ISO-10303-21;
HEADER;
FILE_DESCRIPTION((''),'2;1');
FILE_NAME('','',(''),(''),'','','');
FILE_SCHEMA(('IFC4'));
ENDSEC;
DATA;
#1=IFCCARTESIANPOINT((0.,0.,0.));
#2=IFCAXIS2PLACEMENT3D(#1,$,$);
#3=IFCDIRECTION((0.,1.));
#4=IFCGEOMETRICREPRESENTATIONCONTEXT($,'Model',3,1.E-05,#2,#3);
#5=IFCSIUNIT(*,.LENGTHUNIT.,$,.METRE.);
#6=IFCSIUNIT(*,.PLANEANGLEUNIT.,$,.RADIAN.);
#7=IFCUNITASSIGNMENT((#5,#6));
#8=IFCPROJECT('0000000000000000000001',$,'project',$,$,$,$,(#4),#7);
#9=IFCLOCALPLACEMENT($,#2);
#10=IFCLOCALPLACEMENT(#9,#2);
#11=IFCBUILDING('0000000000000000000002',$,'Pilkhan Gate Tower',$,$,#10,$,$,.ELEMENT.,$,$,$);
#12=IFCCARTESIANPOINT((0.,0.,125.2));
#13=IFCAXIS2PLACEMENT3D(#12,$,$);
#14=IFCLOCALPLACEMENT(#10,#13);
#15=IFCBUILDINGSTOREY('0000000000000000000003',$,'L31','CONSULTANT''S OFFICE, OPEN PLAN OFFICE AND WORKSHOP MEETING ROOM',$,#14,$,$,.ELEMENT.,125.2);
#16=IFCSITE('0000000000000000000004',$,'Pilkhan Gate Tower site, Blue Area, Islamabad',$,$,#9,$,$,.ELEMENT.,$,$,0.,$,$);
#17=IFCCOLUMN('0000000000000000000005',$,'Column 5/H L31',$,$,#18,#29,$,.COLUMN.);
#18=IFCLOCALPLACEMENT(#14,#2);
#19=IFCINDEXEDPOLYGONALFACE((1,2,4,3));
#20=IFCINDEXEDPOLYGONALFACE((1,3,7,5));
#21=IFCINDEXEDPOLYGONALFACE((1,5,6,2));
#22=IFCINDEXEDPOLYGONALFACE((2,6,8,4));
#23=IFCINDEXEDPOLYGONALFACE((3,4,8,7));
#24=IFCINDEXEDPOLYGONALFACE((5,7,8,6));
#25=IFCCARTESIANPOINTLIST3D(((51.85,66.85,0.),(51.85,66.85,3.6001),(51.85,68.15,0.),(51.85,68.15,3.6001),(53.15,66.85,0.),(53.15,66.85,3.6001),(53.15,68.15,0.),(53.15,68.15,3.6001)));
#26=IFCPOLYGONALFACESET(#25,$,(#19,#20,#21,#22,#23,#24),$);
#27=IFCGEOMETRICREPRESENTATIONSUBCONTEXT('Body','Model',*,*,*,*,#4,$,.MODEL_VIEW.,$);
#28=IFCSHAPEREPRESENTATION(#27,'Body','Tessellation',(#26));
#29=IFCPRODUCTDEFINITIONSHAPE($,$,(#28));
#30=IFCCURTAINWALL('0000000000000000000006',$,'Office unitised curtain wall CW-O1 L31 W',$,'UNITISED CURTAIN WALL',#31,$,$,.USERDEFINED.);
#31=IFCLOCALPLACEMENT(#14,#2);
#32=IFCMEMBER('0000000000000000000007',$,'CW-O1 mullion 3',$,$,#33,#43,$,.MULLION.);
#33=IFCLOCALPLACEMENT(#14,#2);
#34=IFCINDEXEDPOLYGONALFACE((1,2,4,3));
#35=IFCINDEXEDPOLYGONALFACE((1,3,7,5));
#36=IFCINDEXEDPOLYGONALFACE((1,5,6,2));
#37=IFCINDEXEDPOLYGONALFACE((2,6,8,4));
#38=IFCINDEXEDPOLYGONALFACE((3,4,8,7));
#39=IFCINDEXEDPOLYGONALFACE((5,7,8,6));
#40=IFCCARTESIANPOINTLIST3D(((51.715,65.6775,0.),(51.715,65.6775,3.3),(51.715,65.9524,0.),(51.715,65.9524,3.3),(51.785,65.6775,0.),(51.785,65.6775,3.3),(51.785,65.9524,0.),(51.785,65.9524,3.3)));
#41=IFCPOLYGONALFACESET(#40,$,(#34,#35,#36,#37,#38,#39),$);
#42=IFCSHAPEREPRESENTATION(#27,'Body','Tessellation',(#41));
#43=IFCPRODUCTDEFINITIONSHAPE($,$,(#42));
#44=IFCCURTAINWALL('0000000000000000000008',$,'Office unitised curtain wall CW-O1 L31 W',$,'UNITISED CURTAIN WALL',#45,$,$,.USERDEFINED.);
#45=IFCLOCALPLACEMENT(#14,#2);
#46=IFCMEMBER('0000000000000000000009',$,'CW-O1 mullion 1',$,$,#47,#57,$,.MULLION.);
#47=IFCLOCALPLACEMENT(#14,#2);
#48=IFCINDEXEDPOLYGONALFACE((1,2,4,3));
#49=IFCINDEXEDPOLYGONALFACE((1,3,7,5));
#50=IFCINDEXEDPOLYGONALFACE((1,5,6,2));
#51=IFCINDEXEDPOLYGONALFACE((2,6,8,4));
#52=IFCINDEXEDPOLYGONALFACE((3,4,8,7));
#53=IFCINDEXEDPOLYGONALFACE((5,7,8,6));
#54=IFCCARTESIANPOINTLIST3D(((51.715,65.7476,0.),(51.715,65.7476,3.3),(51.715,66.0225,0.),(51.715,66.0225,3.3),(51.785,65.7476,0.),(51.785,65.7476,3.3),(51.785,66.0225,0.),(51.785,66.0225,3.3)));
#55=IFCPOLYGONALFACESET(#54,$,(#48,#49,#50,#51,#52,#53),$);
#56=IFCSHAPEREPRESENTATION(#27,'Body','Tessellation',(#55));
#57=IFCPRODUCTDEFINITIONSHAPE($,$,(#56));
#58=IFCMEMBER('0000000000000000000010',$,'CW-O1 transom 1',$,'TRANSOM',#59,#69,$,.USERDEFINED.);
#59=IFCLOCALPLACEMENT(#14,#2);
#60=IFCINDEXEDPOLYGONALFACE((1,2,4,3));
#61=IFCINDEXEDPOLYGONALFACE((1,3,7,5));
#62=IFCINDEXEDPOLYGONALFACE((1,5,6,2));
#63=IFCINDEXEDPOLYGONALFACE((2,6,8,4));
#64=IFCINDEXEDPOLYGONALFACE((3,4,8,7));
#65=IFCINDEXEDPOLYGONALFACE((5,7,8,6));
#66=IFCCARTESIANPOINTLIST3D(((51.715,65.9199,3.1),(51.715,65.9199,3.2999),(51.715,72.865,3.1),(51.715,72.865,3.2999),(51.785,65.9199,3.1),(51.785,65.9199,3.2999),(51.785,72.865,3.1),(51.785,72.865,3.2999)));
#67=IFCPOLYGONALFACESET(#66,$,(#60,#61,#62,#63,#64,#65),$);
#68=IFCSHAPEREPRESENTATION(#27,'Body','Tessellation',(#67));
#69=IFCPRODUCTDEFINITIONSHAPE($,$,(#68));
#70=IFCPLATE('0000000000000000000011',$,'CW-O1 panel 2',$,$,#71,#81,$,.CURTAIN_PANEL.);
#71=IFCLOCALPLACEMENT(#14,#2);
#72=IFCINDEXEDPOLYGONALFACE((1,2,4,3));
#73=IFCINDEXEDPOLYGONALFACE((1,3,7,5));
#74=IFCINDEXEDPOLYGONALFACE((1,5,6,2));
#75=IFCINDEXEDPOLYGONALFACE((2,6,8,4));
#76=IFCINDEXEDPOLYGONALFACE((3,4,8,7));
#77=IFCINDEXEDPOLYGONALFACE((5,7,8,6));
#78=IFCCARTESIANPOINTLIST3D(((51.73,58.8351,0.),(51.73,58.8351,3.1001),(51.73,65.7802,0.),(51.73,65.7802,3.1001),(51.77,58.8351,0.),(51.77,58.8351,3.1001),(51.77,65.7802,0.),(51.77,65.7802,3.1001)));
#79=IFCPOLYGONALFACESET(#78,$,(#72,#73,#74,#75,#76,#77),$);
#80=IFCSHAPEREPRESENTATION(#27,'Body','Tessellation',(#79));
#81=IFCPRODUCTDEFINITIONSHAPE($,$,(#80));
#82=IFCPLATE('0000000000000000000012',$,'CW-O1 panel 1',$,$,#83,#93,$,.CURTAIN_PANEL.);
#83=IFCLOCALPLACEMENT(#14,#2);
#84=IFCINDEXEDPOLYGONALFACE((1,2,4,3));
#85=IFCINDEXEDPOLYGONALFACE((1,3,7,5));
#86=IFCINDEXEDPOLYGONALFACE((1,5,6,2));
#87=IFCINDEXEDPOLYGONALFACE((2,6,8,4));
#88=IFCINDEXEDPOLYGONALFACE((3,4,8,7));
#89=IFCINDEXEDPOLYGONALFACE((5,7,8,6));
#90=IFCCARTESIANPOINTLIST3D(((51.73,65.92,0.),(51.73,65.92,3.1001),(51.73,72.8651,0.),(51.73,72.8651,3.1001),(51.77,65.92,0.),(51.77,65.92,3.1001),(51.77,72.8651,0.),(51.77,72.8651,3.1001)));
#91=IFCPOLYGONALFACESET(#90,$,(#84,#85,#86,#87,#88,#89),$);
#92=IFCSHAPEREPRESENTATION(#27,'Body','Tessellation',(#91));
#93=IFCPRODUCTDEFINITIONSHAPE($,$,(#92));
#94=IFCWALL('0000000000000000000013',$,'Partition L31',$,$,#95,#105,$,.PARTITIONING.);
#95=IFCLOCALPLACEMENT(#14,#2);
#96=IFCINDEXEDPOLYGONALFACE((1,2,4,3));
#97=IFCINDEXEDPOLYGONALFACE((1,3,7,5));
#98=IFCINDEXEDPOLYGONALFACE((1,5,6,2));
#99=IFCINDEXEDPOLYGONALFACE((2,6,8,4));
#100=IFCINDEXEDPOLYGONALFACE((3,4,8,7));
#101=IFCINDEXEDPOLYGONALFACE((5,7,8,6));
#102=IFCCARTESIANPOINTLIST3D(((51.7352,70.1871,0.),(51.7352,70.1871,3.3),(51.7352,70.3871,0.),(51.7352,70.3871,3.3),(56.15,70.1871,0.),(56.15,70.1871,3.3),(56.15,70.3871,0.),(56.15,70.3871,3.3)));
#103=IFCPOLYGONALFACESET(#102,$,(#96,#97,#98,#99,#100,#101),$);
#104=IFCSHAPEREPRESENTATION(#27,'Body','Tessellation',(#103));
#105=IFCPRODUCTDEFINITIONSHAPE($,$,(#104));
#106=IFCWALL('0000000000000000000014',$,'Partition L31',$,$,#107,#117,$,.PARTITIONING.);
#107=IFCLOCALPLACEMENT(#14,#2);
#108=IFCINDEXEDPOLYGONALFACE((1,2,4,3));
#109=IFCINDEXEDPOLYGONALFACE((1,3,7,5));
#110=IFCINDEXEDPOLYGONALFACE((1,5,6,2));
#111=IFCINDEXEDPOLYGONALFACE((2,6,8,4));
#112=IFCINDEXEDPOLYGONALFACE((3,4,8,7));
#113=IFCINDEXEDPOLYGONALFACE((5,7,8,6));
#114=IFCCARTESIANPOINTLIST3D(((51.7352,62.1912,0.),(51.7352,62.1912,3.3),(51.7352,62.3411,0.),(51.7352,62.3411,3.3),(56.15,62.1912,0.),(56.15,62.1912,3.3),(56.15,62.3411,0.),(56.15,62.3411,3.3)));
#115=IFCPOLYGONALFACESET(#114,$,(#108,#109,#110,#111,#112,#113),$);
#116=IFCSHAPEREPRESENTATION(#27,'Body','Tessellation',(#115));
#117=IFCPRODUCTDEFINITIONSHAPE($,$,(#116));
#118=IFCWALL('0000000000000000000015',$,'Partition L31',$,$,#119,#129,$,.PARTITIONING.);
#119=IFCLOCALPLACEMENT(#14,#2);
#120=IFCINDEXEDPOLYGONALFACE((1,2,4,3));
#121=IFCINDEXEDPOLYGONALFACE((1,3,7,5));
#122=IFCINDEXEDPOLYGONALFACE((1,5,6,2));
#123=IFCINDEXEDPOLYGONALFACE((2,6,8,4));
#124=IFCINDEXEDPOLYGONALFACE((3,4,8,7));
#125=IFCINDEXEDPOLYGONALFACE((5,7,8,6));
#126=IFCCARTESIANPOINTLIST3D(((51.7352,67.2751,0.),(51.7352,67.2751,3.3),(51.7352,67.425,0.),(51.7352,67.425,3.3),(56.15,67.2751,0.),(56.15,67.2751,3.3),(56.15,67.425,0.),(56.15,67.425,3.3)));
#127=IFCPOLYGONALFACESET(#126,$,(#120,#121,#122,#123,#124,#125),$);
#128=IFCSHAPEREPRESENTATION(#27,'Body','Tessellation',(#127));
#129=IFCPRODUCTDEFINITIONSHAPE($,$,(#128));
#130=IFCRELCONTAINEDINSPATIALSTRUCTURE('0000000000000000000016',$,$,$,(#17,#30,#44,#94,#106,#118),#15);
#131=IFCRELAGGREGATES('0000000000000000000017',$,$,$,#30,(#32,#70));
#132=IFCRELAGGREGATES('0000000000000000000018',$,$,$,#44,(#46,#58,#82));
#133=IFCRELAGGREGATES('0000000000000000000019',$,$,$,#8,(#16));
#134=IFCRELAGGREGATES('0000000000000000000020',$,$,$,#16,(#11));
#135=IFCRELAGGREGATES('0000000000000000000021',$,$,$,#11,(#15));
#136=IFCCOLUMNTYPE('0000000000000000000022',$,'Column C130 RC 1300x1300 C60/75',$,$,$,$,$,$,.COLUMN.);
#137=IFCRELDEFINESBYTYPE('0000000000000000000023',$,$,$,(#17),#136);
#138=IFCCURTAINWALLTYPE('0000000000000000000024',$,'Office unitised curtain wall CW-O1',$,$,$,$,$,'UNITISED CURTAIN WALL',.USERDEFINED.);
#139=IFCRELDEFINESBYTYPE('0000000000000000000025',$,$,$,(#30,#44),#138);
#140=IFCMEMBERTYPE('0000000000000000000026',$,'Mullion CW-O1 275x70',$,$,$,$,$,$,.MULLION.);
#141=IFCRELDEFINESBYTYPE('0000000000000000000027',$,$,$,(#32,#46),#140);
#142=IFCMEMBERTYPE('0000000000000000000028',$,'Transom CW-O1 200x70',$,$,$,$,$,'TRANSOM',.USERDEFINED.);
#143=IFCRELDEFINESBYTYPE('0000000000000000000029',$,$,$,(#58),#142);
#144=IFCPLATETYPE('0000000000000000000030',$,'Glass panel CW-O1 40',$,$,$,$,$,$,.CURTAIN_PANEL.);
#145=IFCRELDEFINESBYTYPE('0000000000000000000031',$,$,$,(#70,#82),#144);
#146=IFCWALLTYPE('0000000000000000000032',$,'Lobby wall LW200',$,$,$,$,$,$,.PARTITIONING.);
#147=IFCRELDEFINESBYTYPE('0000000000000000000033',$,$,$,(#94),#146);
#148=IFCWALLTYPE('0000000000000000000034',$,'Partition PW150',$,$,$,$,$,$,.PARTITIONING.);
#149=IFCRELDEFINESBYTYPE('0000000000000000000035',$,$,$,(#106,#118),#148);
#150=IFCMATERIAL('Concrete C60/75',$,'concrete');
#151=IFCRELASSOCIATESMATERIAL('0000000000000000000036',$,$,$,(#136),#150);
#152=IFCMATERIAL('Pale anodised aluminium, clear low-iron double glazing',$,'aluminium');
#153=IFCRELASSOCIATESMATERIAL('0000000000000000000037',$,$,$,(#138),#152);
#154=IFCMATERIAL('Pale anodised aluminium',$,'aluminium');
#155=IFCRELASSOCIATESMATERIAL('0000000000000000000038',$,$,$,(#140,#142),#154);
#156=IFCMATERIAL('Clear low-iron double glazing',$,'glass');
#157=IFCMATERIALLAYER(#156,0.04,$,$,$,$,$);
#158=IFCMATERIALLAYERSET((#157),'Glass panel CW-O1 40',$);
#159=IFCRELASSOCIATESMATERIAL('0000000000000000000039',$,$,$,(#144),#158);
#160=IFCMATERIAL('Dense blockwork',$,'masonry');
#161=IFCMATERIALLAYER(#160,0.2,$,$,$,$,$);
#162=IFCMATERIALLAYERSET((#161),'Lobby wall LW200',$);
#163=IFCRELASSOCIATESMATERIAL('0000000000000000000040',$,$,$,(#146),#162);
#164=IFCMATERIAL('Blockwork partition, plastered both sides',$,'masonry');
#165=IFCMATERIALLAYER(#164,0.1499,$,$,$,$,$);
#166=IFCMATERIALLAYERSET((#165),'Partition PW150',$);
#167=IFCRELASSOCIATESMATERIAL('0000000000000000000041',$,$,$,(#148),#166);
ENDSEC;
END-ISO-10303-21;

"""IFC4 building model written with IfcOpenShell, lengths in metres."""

from ifc_helpers import new_model, si_unit, direction, frame, frame_2d, origin, origin_2d, place, context, subcontext, project, spatial, rectangle, extrude, material, layer, layer_set, material_profile, profile_set, type_object, element, aggregate, save


model = new_model("IFC4")

# Units and contexts
model_context = context("Model", 3, precision=1e-05, world=origin(), true_north=direction((0.0, 1.0)))
body_context = subcontext(model_context, "Body", "Model", "MODEL_VIEW")
ifc_project = project(units=[si_unit("LENGTHUNIT", "METRE"), si_unit("PLANEANGLEUNIT", "RADIAN")], contexts=[model_context])

# Site, building, storey
site_placement = place(None, origin())
site = spatial("IfcSite", under=ifc_project, at=site_placement, Name="Pilkhan Gate Tower site, Blue Area, Islamabad", CompositionType="ELEMENT", RefElevation=0.0)
building_placement = place(site_placement, origin())
building = spatial("IfcBuilding", under=site, at=building_placement, Name="Pilkhan Gate Tower", CompositionType="ELEMENT")
storey_placement = place(building_placement, frame((0.0, 0.0, 125.2)))
storey = spatial("IfcBuildingStorey", under=building, at=storey_placement, Name="L31", Description="CONSULTANT'S OFFICE, OPEN PLAN OFFICE AND WORKSHOP MEETING ROOM", CompositionType="ELEMENT", Elevation=125.2)

# Column
ifc_material_1 = material(Name="Concrete C60/75", Category="concrete")
ifc_material_profile_1 = material_profile(ifc_material_1, rectangle(XDim=1.3, YDim=1.3, at=origin_2d()), Name="RC 1300x1300")
ifc_profile_set_1 = profile_set([ifc_material_profile_1], Name="Concrete C60/75")
column_type = type_object("IfcColumnType", Name="Column C130 RC 1300x1300 C60/75", PredefinedType="COLUMN", material=ifc_profile_set_1)
column_placement = place(storey_placement, frame((52.5, 67.5, 0.0), z_axis=(0.0, 0.0, 1.0), x_axis=(1.0, 0.0, 0.0)))
element("IfcColumn", 1, at=column_placement, inside=storey, type_object=column_type, Name="Column 5/H L31", PredefinedType="COLUMN", context=body_context, shape_type="SweptSolid", body=[
    extrude(rectangle(XDim=1.3, YDim=1.3, at=origin_2d()), origin(), (0.0, 0.0, 1.0), 3.6001),
])

# Curtain wall, member
ifc_material_2 = material(Name="Pale anodised aluminium, clear low-iron double glazing", Category="aluminium")
curtain_wall_type = type_object("IfcCurtainWallType", Name="Office unitised curtain wall CW-O1", ElementType="UNITISED CURTAIN WALL", PredefinedType="USERDEFINED", material=ifc_material_2)
curtain_wall_1_placement = place(storey_placement, origin())
curtain_wall_1 = element("IfcCurtainWall", 2, at=curtain_wall_1_placement, inside=storey, type_object=curtain_wall_type, Name="Office unitised curtain wall CW-O1 L31 W", ObjectType="UNITISED CURTAIN WALL", PredefinedType="USERDEFINED")
ifc_material_3 = material(Name="Pale anodised aluminium", Category="aluminium")
ifc_material_profile_2 = material_profile(ifc_material_3, rectangle(XDim=0.0701, YDim=0.2749, at=origin_2d()), Name="Mullion 275x70")
ifc_profile_set_2 = profile_set([ifc_material_profile_2], Name="Pale anodised aluminium")
member_type_1 = type_object("IfcMemberType", Name="Mullion CW-O1 275x70", PredefinedType="MULLION", material=ifc_profile_set_2)
member_1_placement = place(storey_placement, frame((51.75, 65.8149, 0.0), z_axis=(0.0, 0.0, 1.0), x_axis=(-1.0, 0.0, 0.0)))
member_1 = element("IfcMember", 3, at=member_1_placement, type_object=member_type_1, Name="CW-O1 mullion 3", PredefinedType="MULLION", context=body_context, shape_type="SweptSolid", body=[
    extrude(rectangle(XDim=0.0701, YDim=0.2749, at=origin_2d()), origin(), (0.0, 0.0, 1.0), 3.3),
])

# Curtain wall, members
curtain_wall_2_placement = place(storey_placement, origin())
curtain_wall_2 = element("IfcCurtainWall", 4, at=curtain_wall_2_placement, inside=storey, type_object=curtain_wall_type, Name="Office unitised curtain wall CW-O1 L31 W", ObjectType="UNITISED CURTAIN WALL", PredefinedType="USERDEFINED")
member_2_placement = place(storey_placement, frame((51.75, 65.885, 0.0), z_axis=(0.0, 0.0, 1.0), x_axis=(-1.0, 0.0, 0.0)))
member_2 = element("IfcMember", 5, at=member_2_placement, type_object=member_type_1, Name="CW-O1 mullion 1", PredefinedType="MULLION", context=body_context, shape_type="SweptSolid", body=[
    extrude(rectangle(XDim=0.0701, YDim=0.2749, at=origin_2d()), origin(), (0.0, 0.0, 1.0), 3.3),
])
ifc_material_profile_3 = material_profile(ifc_material_3, rectangle(XDim=0.0701, YDim=0.2, at=origin_2d()), Name="Transom 200x70")
ifc_profile_set_3 = profile_set([ifc_material_profile_3], Name="Pale anodised aluminium")
member_type_2 = type_object("IfcMemberType", Name="Transom CW-O1 200x70", ElementType="TRANSOM", PredefinedType="USERDEFINED", material=ifc_profile_set_3)
member_3_placement = place(storey_placement, frame((51.75, 65.9199, 3.2), z_axis=(0.0, 1.0, 0.0), x_axis=(-1.0, 0.0, 0.0)))
member_3 = element("IfcMember", 6, at=member_3_placement, type_object=member_type_2, Name="CW-O1 transom 1", ObjectType="TRANSOM", PredefinedType="USERDEFINED", context=body_context, shape_type="SweptSolid", body=[
    extrude(rectangle(XDim=0.0701, YDim=0.2, at=origin_2d()), origin(), (0.0, 0.0, 1.0), 6.9451),
])

# Plates
ifc_material_4 = material(Name="Clear low-iron double glazing", Category="glass")
ifc_layer_1 = layer(ifc_material_4, 0.04)
ifc_layer_set_1 = layer_set([ifc_layer_1], Name="Glass panel CW-O1 40")
plate_type = type_object("IfcPlateType", Name="Glass panel CW-O1 40", PredefinedType="CURTAIN_PANEL", material=ifc_layer_set_1)
plate_1_placement = place(storey_placement, frame((51.75, 62.3076, 0.0), z_axis=(0.0, 0.0, 1.0), x_axis=(0.0, 1.0, 0.0)))
plate_1 = element("IfcPlate", 7, at=plate_1_placement, type_object=plate_type, Name="CW-O1 panel 2", PredefinedType="CURTAIN_PANEL", context=body_context, shape_type="SweptSolid", body=[
    extrude(rectangle(XDim=6.9451, YDim=0.04, at=origin_2d()), origin(), (0.0, 0.0, 1.0), 3.1001),
])
aggregate(curtain_wall_1, [member_1, plate_1])
plate_2_placement = place(storey_placement, frame((51.75, 69.3926, 0.0), z_axis=(0.0, 0.0, 1.0), x_axis=(0.0, 1.0, 0.0)))
plate_2 = element("IfcPlate", 8, at=plate_2_placement, type_object=plate_type, Name="CW-O1 panel 1", PredefinedType="CURTAIN_PANEL", context=body_context, shape_type="SweptSolid", body=[
    extrude(rectangle(XDim=6.9451, YDim=0.04, at=origin_2d()), origin(), (0.0, 0.0, 1.0), 3.1001),
])
aggregate(curtain_wall_2, [member_2, member_3, plate_2])

# Walls
ifc_material_5 = material(Name="Dense blockwork", Category="masonry")
ifc_layer_2 = layer(ifc_material_5, 0.2)
ifc_layer_set_2 = layer_set([ifc_layer_2], Name="Lobby wall LW200")
wall_type_1 = type_object("IfcWallType", Name="Lobby wall LW200", PredefinedType="PARTITIONING", material=ifc_layer_set_2)
wall_placement = place(storey_placement, frame((51.7351, 70.2871, 0.0), z_axis=(0.0, 0.0, 1.0), x_axis=(1.0, 0.0, 0.0)))
element("IfcWall", 9, at=wall_placement, inside=storey, type_object=wall_type_1, Name="Partition L31", PredefinedType="PARTITIONING", context=body_context, shape_type="SweptSolid", body=[
    extrude(rectangle(XDim=4.4148, YDim=0.2, at=frame_2d((2.2075, 0.0))), origin(), (0.0, 0.0, 1.0), 3.3),
])
ifc_material_6 = material(Name="Blockwork partition, plastered both sides", Category="masonry")
ifc_layer_3 = layer(ifc_material_6, 0.1499)
ifc_layer_set_3 = layer_set([ifc_layer_3], Name="Partition PW150")
wall_type_2 = type_object("IfcWallType", Name="Partition PW150", PredefinedType="PARTITIONING", material=ifc_layer_set_3)
for number, where, z_axis, x_axis, name in (
    (10, (51.7351, 62.2661, 0.0), (0.0, 0.0, 1.0), (1.0, 0.0, 0.0), "Partition L31"),
    (11, (51.7351, 67.3501, 0.0), (0.0, 0.0, 1.0), (1.0, 0.0, 0.0), "Partition L31"),
):
    element("IfcWall", number, at=place(storey_placement, frame(where, z_axis=z_axis, x_axis=x_axis)), inside=storey, type_object=wall_type_2, Name=name, PredefinedType="PARTITIONING", context=body_context, shape_type="SweptSolid", body=[
        extrude(rectangle(XDim=4.4148, YDim=0.1499, at=frame_2d((2.2075, 0.0))), origin(), (0.0, 0.0, 1.0), 3.3),
    ])

save(model, "model.ifc")
